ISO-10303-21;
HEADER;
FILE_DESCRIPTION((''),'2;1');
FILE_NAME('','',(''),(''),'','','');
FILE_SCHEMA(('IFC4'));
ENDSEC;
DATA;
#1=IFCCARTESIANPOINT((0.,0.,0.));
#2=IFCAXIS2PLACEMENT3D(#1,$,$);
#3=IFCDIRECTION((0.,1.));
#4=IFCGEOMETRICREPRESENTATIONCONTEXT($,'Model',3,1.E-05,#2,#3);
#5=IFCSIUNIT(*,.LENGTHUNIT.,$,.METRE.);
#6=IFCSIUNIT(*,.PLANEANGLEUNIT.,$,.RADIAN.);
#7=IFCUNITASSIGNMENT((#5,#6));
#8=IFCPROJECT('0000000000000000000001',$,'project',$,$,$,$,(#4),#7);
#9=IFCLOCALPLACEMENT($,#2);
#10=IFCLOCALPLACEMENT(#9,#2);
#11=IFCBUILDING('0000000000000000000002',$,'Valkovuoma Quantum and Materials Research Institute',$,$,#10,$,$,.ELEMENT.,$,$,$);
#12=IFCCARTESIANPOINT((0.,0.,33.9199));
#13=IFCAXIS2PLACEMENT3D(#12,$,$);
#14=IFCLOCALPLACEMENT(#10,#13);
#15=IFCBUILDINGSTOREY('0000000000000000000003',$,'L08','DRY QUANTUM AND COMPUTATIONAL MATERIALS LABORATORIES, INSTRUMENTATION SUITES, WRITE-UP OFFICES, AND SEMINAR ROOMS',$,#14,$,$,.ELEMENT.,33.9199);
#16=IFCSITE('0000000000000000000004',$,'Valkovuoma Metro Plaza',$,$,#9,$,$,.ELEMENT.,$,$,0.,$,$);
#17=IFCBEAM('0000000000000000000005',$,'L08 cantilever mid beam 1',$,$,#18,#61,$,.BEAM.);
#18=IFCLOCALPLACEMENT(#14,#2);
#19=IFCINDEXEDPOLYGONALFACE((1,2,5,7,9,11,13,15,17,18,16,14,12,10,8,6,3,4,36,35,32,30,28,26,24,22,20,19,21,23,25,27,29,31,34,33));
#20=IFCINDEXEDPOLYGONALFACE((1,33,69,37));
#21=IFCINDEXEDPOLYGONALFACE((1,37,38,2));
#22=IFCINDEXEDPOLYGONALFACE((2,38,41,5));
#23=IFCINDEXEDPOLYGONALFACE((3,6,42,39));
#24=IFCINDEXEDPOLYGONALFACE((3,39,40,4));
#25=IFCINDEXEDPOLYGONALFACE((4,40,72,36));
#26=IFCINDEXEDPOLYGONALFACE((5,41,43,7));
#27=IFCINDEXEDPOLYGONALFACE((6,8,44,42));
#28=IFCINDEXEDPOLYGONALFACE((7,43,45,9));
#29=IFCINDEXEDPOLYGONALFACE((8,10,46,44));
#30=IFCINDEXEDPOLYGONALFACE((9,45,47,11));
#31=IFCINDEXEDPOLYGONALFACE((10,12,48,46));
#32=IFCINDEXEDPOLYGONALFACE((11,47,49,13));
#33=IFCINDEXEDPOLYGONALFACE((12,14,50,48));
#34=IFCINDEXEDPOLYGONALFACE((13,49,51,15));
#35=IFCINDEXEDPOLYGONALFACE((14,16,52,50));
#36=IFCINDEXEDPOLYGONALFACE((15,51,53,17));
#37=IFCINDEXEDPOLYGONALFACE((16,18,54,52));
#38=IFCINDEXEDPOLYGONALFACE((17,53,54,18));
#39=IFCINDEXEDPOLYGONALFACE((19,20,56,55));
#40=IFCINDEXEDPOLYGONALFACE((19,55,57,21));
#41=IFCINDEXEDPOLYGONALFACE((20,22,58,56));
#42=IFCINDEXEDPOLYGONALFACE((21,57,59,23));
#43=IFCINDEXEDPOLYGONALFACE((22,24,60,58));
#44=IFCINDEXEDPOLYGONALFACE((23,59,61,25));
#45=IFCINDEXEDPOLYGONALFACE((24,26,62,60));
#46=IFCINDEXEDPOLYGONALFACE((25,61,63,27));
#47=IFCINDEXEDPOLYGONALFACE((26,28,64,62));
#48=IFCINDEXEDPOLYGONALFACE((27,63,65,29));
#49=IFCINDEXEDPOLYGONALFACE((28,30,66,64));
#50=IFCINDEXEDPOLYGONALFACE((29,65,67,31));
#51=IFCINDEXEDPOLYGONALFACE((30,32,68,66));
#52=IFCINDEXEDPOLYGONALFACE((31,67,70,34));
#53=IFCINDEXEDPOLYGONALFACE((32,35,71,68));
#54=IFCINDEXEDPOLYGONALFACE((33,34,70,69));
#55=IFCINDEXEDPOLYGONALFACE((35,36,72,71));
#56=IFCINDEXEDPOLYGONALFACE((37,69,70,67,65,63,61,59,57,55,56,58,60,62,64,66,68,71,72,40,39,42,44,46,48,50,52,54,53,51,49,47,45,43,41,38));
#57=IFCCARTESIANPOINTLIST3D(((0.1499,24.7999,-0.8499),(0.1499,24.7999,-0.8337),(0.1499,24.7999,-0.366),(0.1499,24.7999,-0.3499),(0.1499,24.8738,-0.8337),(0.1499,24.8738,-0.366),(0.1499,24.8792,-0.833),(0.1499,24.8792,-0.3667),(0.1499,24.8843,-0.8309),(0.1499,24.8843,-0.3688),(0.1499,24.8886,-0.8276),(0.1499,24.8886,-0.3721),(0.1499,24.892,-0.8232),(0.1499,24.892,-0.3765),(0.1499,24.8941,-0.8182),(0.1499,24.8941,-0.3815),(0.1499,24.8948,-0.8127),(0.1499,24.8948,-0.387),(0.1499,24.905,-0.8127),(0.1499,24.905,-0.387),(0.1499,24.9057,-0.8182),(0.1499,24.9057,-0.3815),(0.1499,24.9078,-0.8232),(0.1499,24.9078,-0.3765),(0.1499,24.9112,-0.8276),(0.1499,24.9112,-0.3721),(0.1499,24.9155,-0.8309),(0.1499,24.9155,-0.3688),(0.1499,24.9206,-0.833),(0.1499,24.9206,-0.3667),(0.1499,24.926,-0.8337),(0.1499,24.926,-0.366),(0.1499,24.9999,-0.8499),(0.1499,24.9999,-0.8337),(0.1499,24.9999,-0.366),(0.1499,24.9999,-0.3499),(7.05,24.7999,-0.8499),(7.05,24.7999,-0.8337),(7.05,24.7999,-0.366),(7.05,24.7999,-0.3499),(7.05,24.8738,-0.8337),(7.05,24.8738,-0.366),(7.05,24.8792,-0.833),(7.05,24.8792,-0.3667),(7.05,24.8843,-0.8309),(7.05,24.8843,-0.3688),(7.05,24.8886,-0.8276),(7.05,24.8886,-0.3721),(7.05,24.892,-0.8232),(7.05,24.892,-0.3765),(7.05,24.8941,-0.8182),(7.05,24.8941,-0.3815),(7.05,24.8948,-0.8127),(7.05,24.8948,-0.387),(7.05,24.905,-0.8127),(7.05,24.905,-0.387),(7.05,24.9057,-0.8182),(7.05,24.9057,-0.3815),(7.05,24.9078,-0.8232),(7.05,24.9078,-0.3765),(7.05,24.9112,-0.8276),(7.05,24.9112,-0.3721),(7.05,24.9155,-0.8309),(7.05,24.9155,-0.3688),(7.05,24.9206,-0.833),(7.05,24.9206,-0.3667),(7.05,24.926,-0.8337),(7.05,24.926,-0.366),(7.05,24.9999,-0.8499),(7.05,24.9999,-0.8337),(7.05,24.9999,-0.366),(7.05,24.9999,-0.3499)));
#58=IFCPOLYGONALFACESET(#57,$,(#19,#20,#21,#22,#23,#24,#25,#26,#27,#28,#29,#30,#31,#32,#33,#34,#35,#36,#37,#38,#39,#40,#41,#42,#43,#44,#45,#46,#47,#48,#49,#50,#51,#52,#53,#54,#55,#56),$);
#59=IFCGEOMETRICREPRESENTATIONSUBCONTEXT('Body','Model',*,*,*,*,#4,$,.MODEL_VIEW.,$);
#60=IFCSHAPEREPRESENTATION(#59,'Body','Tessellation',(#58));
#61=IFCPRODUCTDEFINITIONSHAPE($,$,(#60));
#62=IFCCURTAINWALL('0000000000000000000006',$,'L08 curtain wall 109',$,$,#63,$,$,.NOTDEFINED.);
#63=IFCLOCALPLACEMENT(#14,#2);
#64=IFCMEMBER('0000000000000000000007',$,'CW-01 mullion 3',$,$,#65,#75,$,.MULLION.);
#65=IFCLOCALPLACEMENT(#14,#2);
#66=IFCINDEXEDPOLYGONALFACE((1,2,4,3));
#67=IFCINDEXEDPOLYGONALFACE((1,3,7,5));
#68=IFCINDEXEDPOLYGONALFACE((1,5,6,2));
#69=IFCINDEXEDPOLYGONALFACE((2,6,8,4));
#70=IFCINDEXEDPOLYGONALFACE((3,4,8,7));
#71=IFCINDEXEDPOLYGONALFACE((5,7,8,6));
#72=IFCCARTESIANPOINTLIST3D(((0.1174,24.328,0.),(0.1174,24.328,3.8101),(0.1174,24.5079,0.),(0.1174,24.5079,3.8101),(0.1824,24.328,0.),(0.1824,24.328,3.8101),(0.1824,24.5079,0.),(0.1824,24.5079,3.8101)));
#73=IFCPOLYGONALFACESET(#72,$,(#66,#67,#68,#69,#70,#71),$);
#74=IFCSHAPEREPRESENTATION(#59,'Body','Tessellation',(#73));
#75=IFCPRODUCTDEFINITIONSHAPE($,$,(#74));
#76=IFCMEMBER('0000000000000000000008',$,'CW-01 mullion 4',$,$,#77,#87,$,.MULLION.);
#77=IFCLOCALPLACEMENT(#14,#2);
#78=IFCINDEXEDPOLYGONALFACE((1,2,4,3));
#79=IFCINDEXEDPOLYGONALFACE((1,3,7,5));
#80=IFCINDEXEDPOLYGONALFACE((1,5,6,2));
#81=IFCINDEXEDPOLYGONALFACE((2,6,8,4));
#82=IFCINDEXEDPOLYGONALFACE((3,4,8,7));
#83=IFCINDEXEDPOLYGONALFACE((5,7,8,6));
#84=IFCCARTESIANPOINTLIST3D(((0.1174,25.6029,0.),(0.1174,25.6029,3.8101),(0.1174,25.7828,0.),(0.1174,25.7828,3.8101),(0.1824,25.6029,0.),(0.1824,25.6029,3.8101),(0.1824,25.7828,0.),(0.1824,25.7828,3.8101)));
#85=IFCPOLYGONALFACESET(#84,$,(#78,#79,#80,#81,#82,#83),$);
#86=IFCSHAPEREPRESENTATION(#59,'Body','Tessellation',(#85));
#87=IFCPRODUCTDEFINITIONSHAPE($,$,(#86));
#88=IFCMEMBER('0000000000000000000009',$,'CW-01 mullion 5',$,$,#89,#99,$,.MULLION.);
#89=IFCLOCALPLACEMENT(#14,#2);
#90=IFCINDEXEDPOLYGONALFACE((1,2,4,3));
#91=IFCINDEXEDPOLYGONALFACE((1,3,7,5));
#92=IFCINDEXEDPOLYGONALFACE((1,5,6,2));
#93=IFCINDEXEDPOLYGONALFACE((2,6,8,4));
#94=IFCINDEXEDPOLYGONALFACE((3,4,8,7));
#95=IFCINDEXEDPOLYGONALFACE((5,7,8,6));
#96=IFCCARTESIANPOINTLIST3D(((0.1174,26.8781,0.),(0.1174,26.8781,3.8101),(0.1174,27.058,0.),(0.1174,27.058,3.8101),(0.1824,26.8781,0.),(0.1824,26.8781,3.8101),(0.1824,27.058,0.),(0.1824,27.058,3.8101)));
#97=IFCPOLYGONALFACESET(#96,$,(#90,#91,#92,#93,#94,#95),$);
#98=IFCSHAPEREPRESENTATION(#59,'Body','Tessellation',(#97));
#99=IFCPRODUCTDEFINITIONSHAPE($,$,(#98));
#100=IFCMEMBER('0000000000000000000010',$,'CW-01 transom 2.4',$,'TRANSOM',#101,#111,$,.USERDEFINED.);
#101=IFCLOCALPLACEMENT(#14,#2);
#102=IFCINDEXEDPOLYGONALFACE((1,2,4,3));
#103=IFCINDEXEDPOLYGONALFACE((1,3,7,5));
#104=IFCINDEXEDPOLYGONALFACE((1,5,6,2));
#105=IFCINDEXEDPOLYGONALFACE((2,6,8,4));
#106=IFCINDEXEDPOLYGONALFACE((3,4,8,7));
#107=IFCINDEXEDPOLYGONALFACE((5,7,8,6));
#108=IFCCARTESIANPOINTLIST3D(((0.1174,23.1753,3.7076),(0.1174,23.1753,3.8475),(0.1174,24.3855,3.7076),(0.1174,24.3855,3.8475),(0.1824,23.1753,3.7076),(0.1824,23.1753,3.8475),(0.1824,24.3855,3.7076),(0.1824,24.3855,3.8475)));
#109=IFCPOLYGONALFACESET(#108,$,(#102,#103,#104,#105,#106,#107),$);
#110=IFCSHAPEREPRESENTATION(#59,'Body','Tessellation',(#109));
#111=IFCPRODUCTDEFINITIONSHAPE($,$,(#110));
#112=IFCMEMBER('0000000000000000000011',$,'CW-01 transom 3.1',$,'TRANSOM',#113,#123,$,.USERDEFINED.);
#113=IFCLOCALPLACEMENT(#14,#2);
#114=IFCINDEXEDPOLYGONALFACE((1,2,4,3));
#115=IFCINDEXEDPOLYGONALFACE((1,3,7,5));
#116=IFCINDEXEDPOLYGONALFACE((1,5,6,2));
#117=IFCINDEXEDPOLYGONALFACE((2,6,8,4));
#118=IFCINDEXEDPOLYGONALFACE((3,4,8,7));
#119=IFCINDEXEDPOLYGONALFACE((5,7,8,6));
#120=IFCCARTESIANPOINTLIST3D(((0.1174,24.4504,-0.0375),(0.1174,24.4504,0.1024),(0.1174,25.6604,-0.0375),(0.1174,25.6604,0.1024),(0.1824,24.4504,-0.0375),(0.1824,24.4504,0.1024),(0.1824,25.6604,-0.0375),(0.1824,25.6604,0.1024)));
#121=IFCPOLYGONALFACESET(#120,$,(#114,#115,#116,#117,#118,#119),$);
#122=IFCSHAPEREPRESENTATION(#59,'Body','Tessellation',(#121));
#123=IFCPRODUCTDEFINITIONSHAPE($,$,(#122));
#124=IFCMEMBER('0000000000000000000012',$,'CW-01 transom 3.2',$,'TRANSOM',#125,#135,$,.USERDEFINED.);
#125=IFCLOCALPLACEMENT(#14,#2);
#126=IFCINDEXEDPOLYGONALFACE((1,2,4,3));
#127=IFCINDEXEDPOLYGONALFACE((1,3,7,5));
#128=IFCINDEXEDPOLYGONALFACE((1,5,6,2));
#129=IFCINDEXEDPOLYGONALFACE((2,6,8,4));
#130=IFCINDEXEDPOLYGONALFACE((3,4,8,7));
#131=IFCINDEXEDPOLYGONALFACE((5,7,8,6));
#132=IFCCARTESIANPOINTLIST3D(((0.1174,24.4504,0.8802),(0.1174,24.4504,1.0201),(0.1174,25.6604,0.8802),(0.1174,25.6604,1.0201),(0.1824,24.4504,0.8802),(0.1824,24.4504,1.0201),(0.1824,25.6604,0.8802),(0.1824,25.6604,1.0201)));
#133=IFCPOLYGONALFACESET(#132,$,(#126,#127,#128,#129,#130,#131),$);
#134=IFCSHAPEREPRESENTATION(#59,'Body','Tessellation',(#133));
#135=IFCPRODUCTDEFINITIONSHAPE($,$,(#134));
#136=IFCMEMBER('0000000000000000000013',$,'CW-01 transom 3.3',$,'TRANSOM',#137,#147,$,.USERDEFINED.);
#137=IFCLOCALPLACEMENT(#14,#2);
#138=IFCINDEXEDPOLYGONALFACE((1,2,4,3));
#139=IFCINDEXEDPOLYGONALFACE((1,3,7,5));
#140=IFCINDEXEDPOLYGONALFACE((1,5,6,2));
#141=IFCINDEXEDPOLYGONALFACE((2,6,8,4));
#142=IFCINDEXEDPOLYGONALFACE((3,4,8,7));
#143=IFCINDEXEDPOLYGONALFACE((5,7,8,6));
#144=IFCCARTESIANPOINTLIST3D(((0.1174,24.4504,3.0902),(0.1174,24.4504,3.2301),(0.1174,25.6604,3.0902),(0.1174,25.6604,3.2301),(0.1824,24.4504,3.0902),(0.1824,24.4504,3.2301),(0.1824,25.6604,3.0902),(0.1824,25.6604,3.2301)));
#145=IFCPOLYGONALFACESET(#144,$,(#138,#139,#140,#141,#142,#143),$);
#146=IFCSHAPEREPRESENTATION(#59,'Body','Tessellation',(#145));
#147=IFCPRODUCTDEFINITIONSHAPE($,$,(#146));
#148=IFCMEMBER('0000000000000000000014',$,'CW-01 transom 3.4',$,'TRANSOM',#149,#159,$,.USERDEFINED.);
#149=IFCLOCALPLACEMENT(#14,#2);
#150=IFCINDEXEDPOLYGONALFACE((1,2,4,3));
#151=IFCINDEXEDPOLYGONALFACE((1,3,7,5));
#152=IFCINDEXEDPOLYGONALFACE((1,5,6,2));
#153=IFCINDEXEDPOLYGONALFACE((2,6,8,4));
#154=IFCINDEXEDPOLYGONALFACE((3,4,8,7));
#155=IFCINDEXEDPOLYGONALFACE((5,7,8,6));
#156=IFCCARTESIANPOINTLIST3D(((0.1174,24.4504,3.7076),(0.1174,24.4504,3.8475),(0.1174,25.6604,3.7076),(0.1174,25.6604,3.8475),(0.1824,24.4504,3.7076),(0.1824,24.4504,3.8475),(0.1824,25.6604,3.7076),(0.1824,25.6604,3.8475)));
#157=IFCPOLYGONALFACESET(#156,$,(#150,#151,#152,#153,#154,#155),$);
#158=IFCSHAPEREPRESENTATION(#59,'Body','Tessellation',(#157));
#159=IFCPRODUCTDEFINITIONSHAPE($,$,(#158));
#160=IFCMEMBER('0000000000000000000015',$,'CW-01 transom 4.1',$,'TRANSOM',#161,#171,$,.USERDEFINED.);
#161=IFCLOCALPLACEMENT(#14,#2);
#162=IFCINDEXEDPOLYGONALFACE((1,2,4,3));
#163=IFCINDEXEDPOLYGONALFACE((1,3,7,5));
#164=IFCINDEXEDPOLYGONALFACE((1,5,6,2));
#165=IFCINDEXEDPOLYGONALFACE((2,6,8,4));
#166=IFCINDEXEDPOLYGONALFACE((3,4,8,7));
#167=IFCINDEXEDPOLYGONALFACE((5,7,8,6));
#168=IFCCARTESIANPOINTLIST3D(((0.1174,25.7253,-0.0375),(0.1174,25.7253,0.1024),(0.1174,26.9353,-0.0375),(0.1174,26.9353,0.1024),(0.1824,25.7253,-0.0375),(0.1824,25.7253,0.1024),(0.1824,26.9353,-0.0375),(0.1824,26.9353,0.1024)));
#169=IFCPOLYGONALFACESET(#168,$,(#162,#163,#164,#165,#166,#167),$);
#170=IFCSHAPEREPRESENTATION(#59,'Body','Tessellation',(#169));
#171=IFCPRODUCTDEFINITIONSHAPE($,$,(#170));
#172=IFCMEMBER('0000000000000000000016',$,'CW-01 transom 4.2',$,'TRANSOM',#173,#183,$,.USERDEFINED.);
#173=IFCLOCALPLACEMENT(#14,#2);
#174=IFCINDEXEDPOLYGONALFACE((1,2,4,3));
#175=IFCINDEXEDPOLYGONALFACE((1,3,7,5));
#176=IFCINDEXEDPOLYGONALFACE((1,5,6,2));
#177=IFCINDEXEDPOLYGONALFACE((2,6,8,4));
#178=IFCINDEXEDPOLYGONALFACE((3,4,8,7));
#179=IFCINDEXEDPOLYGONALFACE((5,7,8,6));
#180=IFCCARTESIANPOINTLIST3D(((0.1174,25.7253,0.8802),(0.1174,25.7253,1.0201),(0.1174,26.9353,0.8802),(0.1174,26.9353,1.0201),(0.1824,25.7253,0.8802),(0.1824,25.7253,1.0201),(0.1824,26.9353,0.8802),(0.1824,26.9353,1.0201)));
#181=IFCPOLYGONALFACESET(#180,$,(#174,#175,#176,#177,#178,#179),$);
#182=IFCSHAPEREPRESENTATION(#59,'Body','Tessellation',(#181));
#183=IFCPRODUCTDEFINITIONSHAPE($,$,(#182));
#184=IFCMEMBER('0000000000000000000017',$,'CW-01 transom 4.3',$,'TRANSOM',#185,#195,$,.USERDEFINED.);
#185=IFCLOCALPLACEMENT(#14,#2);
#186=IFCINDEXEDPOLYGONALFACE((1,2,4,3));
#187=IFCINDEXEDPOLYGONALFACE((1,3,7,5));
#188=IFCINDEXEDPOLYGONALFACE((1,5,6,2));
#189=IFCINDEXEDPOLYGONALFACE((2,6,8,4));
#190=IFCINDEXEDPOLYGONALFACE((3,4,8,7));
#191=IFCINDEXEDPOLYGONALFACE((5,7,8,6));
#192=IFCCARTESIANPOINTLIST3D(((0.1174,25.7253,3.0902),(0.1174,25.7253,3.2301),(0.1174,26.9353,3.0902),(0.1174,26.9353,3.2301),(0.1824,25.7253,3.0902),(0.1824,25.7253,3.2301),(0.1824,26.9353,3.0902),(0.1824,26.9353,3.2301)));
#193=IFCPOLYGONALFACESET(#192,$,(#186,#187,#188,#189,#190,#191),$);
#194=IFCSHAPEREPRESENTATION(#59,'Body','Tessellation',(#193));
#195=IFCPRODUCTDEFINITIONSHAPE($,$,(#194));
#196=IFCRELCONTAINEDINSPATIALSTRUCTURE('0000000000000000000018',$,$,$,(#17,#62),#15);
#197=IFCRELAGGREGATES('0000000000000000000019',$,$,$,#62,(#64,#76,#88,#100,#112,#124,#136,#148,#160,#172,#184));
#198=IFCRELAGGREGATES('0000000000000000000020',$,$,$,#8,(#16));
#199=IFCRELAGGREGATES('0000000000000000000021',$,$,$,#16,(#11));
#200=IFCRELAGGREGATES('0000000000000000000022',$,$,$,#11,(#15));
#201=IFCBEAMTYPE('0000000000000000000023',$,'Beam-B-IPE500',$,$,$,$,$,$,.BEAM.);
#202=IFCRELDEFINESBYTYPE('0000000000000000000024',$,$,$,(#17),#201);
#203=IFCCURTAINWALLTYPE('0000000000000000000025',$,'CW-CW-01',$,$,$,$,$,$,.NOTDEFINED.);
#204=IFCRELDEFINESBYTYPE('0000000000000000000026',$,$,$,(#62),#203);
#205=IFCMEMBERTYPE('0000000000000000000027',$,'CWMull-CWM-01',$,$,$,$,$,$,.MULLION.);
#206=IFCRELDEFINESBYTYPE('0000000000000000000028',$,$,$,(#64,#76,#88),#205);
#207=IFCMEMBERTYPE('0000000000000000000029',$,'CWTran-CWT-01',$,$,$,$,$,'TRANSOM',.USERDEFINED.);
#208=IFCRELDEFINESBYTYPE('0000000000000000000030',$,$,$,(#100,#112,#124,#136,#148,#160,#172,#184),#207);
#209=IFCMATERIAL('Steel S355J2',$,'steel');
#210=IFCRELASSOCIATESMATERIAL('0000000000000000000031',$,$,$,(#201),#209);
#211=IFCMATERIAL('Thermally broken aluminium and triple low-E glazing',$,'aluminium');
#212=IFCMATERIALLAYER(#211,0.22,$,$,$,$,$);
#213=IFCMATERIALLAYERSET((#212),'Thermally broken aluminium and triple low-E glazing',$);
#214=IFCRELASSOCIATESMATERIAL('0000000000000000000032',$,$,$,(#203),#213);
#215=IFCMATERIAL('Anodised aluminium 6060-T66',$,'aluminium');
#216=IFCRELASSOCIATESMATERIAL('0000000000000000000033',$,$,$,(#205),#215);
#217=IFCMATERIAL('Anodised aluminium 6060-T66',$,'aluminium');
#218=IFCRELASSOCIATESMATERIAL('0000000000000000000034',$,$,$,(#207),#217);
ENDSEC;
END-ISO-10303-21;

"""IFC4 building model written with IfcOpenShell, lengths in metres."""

from ifc_helpers import new_model, si_unit, direction, frame, origin, origin_2d, place, context, subcontext, project, spatial, rectangle, i_section, extrude, material, layer, layer_set, material_profile, profile_set, type_object, element, aggregate, save


model = new_model("IFC4")

# Units and contexts
model_context = context("Model", 3, precision=1e-05, world=origin(), true_north=direction((0.0, 1.0)))
body_context = subcontext(model_context, "Body", "Model", "MODEL_VIEW")
ifc_project = project(units=[si_unit("LENGTHUNIT", "METRE"), si_unit("PLANEANGLEUNIT", "RADIAN")], contexts=[model_context])

# Site, building, storey
site_placement = place(None, origin())
site = spatial("IfcSite", under=ifc_project, at=site_placement, Name="Valkovuoma Metro Plaza", CompositionType="ELEMENT", RefElevation=0.0)
building_placement = place(site_placement, origin())
building = spatial("IfcBuilding", under=site, at=building_placement, Name="Valkovuoma Quantum and Materials Research Institute", CompositionType="ELEMENT")
storey_placement = place(building_placement, frame((0.0, 0.0, 33.9199)))
storey = spatial("IfcBuildingStorey", under=building, at=storey_placement, Name="L08", Description="DRY QUANTUM AND COMPUTATIONAL MATERIALS LABORATORIES, INSTRUMENTATION SUITES, WRITE-UP OFFICES, AND SEMINAR ROOMS", CompositionType="ELEMENT", Elevation=33.9199)

# Beam
ifc_material_1 = material(Name="Steel S355J2", Category="steel")
ifc_material_profile_1 = material_profile(ifc_material_1, i_section(OverallWidth=0.2, OverallDepth=0.5, WebThickness=0.0103, FlangeThickness=0.0161, FilletRadius=0.021, at=origin_2d()), Name="Steel S355J2")
ifc_profile_set_1 = profile_set([ifc_material_profile_1], Name="Steel S355J2")
beam_type = type_object("IfcBeamType", Name="Beam-B-IPE500", PredefinedType="BEAM", material=ifc_profile_set_1)
beam_placement = place(storey_placement, frame((0.1499, 24.8999, -0.5999), z_axis=(1.0, 0.0, 0.0), x_axis=(0.0, 1.0, 0.0)))
element("IfcBeam", 1, at=beam_placement, inside=storey, type_object=beam_type, Name="L08 cantilever mid beam 1", PredefinedType="BEAM", context=body_context, shape_type="SweptSolid", body=[
    extrude(i_section(OverallWidth=0.2, OverallDepth=0.5, WebThickness=0.0103, FlangeThickness=0.0161, FilletRadius=0.021, at=origin_2d()), origin(), (0.0, 0.0, 1.0), 6.9001),
])

# Curtain wall, members
ifc_material_2 = material(Name="Thermally broken aluminium and triple low-E glazing", Category="aluminium")
ifc_layer_1 = layer(ifc_material_2, 0.22)
ifc_layer_set_1 = layer_set([ifc_layer_1], Name="Thermally broken aluminium and triple low-E glazing")
curtain_wall_type = type_object("IfcCurtainWallType", Name="CW-CW-01", PredefinedType="NOTDEFINED", material=ifc_layer_set_1)
curtain_wall_placement = place(storey_placement, origin())
curtain_wall = element("IfcCurtainWall", 2, at=curtain_wall_placement, inside=storey, type_object=curtain_wall_type, Name="L08 curtain wall 109", PredefinedType="NOTDEFINED")
ifc_material_3 = material(Name="Anodised aluminium 6060-T66", Category="aluminium")
ifc_material_profile_2 = material_profile(ifc_material_3, rectangle(XDim=0.0649, YDim=0.1799, at=origin_2d()), Name="Anodised aluminium 6060-T66")
ifc_profile_set_2 = profile_set([ifc_material_profile_2], Name="Anodised aluminium 6060-T66")
member_type_1 = type_object("IfcMemberType", Name="CWMull-CWM-01", PredefinedType="MULLION", material=ifc_profile_set_2)
member_1_placement = place(storey_placement, frame((0.1499, 24.418, 0.0), z_axis=(0.0, 0.0, 1.0), x_axis=(-1.0, 0.0, 0.0)))
member_1 = element("IfcMember", 3, at=member_1_placement, type_object=member_type_1, Name="CW-01 mullion 3", PredefinedType="MULLION", context=body_context, shape_type="SweptSolid", body=[
    extrude(rectangle(XDim=0.0649, YDim=0.1799, at=origin_2d()), origin(), (0.0, 0.0, 1.0), 3.8101),
])
member_2_placement = place(storey_placement, frame((0.1499, 25.6929, 0.0), z_axis=(0.0, 0.0, 1.0), x_axis=(-1.0, 0.0, 0.0)))
member_2 = element("IfcMember", 4, at=member_2_placement, type_object=member_type_1, Name="CW-01 mullion 4", PredefinedType="MULLION", context=body_context, shape_type="SweptSolid", body=[
    extrude(rectangle(XDim=0.0649, YDim=0.1799, at=origin_2d()), origin(), (0.0, 0.0, 1.0), 3.8101),
])
member_3_placement = place(storey_placement, frame((0.1499, 26.968, 0.0), z_axis=(0.0, 0.0, 1.0), x_axis=(-1.0, 0.0, 0.0)))
member_3 = element("IfcMember", 5, at=member_3_placement, type_object=member_type_1, Name="CW-01 mullion 5", PredefinedType="MULLION", context=body_context, shape_type="SweptSolid", body=[
    extrude(rectangle(XDim=0.0649, YDim=0.1799, at=origin_2d()), origin(), (0.0, 0.0, 1.0), 3.8101),
])
ifc_material_4 = material(Name="Anodised aluminium 6060-T66", Category="aluminium")
ifc_material_profile_3 = material_profile(ifc_material_4, rectangle(XDim=0.0649, YDim=0.1399, at=origin_2d()), Name="Anodised aluminium 6060-T66")
ifc_profile_set_3 = profile_set([ifc_material_profile_3], Name="Anodised aluminium 6060-T66")
member_type_2 = type_object("IfcMemberType", Name="CWTran-CWT-01", ElementType="TRANSOM", PredefinedType="USERDEFINED", material=ifc_profile_set_3)
member_4_placement = place(storey_placement, frame((0.1499, 23.1753, 3.7776), z_axis=(0.0, 1.0, 0.0), x_axis=(-1.0, 0.0, 0.0)))
member_4 = element("IfcMember", 6, at=member_4_placement, type_object=member_type_2, Name="CW-01 transom 2.4", ObjectType="TRANSOM", PredefinedType="USERDEFINED", context=body_context, shape_type="SweptSolid", body=[
    extrude(rectangle(XDim=0.0649, YDim=0.1399, at=origin_2d()), origin(), (0.0, 0.0, 1.0), 1.2102),
])
member_5_placement = place(storey_placement, frame((0.1499, 24.4504, 0.0325), z_axis=(0.0, 1.0, 0.0), x_axis=(-1.0, 0.0, 0.0)))
member_5 = element("IfcMember", 7, at=member_5_placement, type_object=member_type_2, Name="CW-01 transom 3.1", ObjectType="TRANSOM", PredefinedType="USERDEFINED", context=body_context, shape_type="SweptSolid", body=[
    extrude(rectangle(XDim=0.0649, YDim=0.1399, at=origin_2d()), origin(), (0.0, 0.0, 1.0), 1.21),
])
member_6_placement = place(storey_placement, frame((0.1499, 24.4504, 0.9502), z_axis=(0.0, 1.0, 0.0), x_axis=(-1.0, 0.0, 0.0)))
member_6 = element("IfcMember", 8, at=member_6_placement, type_object=member_type_2, Name="CW-01 transom 3.2", ObjectType="TRANSOM", PredefinedType="USERDEFINED", context=body_context, shape_type="SweptSolid", body=[
    extrude(rectangle(XDim=0.0649, YDim=0.1399, at=origin_2d()), origin(), (0.0, 0.0, 1.0), 1.21),
])
member_7_placement = place(storey_placement, frame((0.1499, 24.4504, 3.1602), z_axis=(0.0, 1.0, 0.0), x_axis=(-1.0, 0.0, 0.0)))
member_7 = element("IfcMember", 9, at=member_7_placement, type_object=member_type_2, Name="CW-01 transom 3.3", ObjectType="TRANSOM", PredefinedType="USERDEFINED", context=body_context, shape_type="SweptSolid", body=[
    extrude(rectangle(XDim=0.0649, YDim=0.1399, at=origin_2d()), origin(), (0.0, 0.0, 1.0), 1.21),
])
member_8_placement = place(storey_placement, frame((0.1499, 24.4504, 3.7776), z_axis=(0.0, 1.0, 0.0), x_axis=(-1.0, 0.0, 0.0)))
member_8 = element("IfcMember", 10, at=member_8_placement, type_object=member_type_2, Name="CW-01 transom 3.4", ObjectType="TRANSOM", PredefinedType="USERDEFINED", context=body_context, shape_type="SweptSolid", body=[
    extrude(rectangle(XDim=0.0649, YDim=0.1399, at=origin_2d()), origin(), (0.0, 0.0, 1.0), 1.21),
])
member_9_placement = place(storey_placement, frame((0.1499, 25.7253, 0.0325), z_axis=(0.0, 1.0, 0.0), x_axis=(-1.0, 0.0, 0.0)))
member_9 = element("IfcMember", 11, at=member_9_placement, type_object=member_type_2, Name="CW-01 transom 4.1", ObjectType="TRANSOM", PredefinedType="USERDEFINED", context=body_context, shape_type="SweptSolid", body=[
    extrude(rectangle(XDim=0.0649, YDim=0.1399, at=origin_2d()), origin(), (0.0, 0.0, 1.0), 1.21),
])
member_10_placement = place(storey_placement, frame((0.1499, 25.7253, 0.9502), z_axis=(0.0, 1.0, 0.0), x_axis=(-1.0, 0.0, 0.0)))
member_10 = element("IfcMember", 12, at=member_10_placement, type_object=member_type_2, Name="CW-01 transom 4.2", ObjectType="TRANSOM", PredefinedType="USERDEFINED", context=body_context, shape_type="SweptSolid", body=[
    extrude(rectangle(XDim=0.0649, YDim=0.1399, at=origin_2d()), origin(), (0.0, 0.0, 1.0), 1.21),
])
member_11_placement = place(storey_placement, frame((0.1499, 25.7253, 3.1602), z_axis=(0.0, 1.0, 0.0), x_axis=(-1.0, 0.0, 0.0)))
member_11 = element("IfcMember", 13, at=member_11_placement, type_object=member_type_2, Name="CW-01 transom 4.3", ObjectType="TRANSOM", PredefinedType="USERDEFINED", context=body_context, shape_type="SweptSolid", body=[
    extrude(rectangle(XDim=0.0649, YDim=0.1399, at=origin_2d()), origin(), (0.0, 0.0, 1.0), 1.21),
])
aggregate(curtain_wall, [member_1, member_2, member_3, member_4, member_5, member_6, member_7, member_8, member_9, member_10, member_11])

save(model, "model.ifc")
